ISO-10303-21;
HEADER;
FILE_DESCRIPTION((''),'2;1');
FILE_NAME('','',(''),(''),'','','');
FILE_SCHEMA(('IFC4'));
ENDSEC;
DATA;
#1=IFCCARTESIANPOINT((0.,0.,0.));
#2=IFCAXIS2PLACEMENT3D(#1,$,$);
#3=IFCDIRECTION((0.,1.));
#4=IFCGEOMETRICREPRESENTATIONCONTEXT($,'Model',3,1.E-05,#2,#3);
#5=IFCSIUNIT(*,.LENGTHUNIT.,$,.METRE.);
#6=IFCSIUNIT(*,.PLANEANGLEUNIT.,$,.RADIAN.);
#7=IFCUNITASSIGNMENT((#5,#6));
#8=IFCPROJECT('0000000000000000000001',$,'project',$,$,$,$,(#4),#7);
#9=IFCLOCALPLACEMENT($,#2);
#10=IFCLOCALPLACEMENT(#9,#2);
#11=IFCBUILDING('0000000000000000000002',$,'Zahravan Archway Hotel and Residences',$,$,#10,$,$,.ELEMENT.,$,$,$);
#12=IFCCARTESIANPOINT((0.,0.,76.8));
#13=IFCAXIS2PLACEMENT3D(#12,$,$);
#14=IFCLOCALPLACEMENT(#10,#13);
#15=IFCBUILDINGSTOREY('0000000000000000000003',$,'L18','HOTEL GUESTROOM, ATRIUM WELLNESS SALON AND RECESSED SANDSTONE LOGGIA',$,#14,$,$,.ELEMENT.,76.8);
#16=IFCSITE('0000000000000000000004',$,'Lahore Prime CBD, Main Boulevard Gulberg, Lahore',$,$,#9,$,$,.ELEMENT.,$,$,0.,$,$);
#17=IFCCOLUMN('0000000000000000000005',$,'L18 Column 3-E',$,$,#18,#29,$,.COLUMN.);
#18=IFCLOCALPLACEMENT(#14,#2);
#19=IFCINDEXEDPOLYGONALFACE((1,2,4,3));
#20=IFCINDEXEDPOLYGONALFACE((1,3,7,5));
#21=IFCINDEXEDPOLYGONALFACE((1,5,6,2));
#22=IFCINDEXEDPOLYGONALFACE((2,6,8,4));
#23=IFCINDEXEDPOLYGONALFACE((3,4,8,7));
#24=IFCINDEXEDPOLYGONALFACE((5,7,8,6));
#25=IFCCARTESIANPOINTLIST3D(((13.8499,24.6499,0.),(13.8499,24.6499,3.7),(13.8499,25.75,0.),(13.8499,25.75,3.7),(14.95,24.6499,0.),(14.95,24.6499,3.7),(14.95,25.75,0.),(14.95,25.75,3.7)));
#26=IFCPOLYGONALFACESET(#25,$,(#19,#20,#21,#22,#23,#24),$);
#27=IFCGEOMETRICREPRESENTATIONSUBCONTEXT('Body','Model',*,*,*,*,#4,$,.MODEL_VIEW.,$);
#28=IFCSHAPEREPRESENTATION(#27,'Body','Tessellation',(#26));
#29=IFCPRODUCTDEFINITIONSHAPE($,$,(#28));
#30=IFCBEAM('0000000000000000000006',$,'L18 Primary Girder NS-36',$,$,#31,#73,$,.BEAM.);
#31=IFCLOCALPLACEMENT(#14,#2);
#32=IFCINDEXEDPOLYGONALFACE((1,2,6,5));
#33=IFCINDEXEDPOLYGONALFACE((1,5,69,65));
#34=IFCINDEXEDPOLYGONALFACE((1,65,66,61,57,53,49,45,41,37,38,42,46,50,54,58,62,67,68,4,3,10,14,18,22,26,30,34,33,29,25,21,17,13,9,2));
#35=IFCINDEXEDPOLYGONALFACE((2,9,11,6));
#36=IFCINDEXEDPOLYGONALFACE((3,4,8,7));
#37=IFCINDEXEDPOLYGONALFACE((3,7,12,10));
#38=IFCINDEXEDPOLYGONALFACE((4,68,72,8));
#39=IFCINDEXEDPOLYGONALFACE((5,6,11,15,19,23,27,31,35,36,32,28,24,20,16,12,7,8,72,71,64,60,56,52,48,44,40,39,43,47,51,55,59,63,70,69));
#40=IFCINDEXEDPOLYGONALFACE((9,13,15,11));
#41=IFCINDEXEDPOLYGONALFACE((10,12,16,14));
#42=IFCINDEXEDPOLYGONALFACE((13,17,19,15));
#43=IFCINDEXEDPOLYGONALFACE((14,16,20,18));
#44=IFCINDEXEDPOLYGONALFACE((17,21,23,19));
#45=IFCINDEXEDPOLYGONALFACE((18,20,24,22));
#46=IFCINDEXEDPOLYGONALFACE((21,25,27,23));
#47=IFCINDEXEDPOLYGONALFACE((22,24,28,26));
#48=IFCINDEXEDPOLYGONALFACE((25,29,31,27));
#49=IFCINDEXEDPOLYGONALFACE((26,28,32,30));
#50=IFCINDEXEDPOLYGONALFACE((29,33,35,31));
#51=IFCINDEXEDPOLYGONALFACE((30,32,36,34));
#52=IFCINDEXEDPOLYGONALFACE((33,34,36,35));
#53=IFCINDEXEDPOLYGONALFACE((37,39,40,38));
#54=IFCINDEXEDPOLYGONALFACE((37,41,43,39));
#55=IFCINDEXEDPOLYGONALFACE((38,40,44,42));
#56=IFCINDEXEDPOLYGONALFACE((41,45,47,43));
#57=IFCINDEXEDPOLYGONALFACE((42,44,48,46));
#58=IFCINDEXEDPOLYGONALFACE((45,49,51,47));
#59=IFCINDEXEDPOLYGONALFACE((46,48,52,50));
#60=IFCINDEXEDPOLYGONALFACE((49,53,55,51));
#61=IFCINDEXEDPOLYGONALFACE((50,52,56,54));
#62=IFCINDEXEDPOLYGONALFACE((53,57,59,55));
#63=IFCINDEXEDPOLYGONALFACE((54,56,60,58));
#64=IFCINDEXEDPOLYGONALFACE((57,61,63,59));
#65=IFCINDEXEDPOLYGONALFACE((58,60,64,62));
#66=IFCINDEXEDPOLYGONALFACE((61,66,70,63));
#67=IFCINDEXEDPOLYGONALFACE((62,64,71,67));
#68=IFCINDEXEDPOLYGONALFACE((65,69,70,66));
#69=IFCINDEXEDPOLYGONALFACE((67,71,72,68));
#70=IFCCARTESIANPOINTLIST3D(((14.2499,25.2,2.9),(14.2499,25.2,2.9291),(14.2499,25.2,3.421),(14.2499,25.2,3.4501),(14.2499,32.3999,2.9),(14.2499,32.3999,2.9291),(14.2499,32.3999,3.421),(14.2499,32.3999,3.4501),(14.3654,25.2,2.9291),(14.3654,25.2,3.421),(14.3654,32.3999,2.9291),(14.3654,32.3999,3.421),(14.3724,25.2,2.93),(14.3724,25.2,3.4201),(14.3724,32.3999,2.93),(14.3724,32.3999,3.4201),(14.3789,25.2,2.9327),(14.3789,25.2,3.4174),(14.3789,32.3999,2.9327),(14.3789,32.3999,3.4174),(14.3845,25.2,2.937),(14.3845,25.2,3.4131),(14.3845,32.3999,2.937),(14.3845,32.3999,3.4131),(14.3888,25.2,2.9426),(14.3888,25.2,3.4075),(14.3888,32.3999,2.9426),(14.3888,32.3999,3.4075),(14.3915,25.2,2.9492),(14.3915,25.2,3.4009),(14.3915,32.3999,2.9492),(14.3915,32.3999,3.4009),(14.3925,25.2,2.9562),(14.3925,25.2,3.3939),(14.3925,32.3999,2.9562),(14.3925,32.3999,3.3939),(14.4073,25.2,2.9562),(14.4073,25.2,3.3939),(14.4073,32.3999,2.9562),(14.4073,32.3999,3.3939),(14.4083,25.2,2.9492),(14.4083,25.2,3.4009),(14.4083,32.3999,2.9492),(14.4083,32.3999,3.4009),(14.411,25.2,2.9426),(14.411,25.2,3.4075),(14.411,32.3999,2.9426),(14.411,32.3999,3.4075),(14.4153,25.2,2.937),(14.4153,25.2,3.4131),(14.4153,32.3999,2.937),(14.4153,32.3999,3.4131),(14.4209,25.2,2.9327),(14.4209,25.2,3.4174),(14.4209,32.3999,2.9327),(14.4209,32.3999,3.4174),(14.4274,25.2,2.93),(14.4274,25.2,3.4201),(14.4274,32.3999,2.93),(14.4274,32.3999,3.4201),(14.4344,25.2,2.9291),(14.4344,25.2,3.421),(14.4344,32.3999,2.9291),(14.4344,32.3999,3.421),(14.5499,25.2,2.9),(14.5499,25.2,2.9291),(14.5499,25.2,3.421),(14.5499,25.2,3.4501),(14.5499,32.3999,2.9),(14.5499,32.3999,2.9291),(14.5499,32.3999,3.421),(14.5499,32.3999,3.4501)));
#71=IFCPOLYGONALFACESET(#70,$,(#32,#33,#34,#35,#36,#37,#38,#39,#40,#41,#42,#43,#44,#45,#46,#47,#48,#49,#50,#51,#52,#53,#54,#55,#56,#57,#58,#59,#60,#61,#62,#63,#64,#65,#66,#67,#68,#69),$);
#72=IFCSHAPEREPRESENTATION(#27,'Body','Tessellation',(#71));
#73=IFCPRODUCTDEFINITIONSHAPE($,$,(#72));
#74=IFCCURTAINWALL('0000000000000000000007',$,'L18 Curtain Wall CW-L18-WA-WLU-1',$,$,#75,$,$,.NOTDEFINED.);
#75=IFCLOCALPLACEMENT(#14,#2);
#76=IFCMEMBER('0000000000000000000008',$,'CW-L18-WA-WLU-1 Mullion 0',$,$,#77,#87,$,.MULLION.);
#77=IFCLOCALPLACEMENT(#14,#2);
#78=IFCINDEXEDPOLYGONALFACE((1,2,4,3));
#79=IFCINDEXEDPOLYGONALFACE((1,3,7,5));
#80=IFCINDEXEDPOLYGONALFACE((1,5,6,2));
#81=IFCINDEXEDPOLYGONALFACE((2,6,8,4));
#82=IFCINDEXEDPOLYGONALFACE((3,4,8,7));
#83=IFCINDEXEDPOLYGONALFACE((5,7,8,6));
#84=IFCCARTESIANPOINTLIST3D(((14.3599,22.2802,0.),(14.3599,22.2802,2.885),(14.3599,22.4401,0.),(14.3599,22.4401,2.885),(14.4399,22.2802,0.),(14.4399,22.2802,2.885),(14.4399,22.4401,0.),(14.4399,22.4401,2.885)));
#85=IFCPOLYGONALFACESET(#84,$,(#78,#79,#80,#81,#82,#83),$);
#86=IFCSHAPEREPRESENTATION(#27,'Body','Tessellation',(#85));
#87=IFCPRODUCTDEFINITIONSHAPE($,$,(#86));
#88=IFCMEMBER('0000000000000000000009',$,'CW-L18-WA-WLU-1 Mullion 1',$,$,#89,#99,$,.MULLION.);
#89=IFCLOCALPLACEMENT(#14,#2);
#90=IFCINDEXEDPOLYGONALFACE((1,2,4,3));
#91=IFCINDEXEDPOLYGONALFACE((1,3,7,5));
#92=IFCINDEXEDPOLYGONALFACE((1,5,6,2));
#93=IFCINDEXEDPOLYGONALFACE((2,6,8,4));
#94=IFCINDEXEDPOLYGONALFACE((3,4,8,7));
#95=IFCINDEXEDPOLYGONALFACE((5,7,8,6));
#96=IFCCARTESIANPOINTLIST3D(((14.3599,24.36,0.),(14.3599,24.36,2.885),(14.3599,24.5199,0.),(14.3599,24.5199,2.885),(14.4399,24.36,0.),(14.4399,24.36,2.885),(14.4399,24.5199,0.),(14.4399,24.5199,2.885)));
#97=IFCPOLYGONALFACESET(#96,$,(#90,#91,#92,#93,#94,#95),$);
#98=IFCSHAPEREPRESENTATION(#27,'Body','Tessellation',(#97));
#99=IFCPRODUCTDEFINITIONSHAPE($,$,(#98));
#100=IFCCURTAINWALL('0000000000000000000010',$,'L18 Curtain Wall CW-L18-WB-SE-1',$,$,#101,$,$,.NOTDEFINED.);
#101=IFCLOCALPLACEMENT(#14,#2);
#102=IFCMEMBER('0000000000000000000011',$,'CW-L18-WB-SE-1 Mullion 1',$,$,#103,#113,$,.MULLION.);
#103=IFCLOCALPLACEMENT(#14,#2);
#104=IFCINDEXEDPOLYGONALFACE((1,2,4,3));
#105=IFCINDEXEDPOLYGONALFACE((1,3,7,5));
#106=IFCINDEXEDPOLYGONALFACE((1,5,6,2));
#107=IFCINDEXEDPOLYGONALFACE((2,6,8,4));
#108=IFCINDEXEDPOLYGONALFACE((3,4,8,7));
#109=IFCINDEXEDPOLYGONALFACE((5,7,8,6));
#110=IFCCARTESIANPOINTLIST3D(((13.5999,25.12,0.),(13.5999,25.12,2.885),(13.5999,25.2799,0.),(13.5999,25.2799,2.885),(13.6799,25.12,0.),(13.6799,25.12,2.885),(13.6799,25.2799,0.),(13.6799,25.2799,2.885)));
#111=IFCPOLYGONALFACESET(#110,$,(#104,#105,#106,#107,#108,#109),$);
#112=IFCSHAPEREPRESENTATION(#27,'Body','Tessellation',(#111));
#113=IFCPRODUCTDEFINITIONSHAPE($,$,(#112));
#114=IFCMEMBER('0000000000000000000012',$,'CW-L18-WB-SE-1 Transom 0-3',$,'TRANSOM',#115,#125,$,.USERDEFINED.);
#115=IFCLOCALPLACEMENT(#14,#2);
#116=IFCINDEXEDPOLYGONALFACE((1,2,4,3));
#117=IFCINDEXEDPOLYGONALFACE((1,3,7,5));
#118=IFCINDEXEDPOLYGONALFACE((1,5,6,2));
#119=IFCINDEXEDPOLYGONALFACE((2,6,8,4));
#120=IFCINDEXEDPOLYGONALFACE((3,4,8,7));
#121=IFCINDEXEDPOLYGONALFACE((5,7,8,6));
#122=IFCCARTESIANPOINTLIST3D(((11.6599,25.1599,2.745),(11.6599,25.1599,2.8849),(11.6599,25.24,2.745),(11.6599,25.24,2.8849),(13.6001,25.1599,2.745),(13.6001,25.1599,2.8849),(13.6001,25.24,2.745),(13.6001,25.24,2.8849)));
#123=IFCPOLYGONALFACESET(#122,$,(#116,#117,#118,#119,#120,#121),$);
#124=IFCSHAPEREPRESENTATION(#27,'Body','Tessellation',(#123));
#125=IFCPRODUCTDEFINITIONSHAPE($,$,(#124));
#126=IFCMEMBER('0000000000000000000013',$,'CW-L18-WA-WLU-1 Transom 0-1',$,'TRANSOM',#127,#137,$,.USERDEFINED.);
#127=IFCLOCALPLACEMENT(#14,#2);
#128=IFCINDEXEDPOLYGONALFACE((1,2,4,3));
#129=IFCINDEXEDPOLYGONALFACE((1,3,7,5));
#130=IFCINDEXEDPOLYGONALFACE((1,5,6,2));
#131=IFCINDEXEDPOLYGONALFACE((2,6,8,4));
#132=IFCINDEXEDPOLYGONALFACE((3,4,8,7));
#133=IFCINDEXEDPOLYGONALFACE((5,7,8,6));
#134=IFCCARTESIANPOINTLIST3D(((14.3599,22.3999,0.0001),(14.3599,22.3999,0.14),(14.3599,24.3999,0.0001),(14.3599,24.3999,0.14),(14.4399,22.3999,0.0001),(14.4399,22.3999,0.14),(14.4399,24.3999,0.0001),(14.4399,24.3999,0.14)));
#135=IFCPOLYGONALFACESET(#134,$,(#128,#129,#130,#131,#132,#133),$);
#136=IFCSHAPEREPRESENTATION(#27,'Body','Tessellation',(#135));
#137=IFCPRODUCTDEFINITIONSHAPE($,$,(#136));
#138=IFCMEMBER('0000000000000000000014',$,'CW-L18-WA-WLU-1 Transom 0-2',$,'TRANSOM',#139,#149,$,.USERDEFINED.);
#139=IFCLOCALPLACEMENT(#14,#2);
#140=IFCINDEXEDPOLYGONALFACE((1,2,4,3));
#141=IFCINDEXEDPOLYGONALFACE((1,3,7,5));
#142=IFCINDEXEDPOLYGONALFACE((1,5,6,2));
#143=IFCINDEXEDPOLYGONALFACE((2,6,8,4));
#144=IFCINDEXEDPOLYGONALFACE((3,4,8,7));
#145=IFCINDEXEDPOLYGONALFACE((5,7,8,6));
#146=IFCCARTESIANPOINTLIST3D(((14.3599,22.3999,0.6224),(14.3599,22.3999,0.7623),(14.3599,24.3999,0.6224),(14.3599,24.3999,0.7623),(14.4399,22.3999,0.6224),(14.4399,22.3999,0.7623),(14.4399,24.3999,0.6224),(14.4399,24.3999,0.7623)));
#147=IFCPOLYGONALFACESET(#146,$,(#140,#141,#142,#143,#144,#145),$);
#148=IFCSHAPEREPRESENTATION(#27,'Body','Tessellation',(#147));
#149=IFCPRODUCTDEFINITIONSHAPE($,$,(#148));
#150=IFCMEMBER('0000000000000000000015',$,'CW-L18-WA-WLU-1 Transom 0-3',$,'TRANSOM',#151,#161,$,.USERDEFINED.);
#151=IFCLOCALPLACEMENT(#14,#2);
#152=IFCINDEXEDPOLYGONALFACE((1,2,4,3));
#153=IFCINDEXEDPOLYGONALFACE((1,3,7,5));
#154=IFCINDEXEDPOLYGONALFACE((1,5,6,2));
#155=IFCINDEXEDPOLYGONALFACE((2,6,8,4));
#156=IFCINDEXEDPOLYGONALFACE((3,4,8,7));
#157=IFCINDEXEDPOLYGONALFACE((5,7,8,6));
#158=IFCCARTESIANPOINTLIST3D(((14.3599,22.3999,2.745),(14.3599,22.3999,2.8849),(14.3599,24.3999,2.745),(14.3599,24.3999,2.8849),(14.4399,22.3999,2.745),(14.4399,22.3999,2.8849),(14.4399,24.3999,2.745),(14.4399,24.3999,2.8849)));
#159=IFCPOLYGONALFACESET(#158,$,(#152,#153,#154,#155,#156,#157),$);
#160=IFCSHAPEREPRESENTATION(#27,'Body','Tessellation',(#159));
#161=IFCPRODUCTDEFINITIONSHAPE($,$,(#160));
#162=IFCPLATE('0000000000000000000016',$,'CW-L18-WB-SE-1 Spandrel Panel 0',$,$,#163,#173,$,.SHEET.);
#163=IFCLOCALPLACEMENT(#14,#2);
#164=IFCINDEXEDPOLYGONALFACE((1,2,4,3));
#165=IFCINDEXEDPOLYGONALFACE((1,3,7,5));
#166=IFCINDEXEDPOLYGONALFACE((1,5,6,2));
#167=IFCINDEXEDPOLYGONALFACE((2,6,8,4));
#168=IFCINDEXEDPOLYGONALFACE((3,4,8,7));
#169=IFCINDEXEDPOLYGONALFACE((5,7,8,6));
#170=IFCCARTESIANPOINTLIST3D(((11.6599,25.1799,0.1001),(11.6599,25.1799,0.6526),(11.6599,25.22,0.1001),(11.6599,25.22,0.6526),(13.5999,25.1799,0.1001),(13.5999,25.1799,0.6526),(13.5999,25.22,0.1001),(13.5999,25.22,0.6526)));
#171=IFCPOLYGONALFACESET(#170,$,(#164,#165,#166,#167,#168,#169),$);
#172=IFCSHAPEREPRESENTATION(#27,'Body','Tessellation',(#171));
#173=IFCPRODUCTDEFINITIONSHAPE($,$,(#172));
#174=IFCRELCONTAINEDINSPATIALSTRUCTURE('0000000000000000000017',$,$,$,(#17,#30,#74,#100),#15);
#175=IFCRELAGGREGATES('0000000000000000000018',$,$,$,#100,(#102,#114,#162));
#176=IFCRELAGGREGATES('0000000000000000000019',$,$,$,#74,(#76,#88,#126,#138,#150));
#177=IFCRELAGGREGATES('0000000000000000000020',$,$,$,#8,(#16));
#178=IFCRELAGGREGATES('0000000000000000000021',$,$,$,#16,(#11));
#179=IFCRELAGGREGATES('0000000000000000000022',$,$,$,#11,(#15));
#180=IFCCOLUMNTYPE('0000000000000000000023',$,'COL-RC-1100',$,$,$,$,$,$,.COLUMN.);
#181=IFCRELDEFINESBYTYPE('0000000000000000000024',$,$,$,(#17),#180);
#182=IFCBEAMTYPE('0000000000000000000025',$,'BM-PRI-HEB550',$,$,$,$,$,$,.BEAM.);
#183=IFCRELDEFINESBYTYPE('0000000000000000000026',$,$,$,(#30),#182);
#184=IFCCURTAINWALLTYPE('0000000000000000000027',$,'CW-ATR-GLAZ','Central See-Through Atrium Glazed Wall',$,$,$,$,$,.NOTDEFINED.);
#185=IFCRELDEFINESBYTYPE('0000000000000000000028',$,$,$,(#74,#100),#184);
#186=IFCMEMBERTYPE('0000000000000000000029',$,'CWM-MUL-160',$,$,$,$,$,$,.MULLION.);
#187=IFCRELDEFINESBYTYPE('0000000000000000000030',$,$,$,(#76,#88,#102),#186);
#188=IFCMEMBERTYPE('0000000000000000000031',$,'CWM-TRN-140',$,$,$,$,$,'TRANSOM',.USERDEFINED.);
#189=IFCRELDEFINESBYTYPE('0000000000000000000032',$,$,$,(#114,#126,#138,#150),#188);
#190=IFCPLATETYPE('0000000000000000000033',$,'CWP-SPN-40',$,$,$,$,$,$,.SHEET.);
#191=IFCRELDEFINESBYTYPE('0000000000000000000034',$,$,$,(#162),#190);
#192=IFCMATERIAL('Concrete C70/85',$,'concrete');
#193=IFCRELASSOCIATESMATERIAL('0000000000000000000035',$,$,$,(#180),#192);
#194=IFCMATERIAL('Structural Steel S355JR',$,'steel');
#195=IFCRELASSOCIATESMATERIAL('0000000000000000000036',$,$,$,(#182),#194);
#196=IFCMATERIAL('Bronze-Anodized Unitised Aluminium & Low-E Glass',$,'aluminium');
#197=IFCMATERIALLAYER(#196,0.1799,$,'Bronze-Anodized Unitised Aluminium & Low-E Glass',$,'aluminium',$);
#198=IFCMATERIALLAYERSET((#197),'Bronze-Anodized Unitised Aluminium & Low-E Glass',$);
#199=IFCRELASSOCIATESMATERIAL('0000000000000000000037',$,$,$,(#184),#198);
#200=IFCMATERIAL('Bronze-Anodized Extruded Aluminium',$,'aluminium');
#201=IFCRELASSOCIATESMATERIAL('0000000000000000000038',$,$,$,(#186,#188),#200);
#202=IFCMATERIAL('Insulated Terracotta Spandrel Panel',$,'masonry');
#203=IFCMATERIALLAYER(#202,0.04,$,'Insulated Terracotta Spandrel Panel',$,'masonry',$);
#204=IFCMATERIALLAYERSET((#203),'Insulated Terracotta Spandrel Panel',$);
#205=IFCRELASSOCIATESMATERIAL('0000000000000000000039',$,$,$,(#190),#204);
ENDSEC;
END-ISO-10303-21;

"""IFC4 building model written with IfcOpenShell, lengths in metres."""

from ifc_helpers import new_model, si_unit, direction, frame, origin, origin_2d, place, context, subcontext, project, spatial, rectangle, i_section, extrude, source, transform, mapped, material, layer, layer_set, material_profile, profile_set, type_object, element, aggregate, save


model = new_model("IFC4")

# Units and contexts
model_context = context("Model", 3, precision=1e-05, world=origin(), true_north=direction((0.0, 1.0)))
body_context = subcontext(model_context, "Body", "Model", "MODEL_VIEW")
ifc_project = project(units=[si_unit("LENGTHUNIT", "METRE"), si_unit("PLANEANGLEUNIT", "RADIAN")], contexts=[model_context])

# Site, building, storey
site_placement = place(None, origin())
site = spatial("IfcSite", under=ifc_project, at=site_placement, Name="Lahore Prime CBD, Main Boulevard Gulberg, Lahore", CompositionType="ELEMENT", RefElevation=0.0)
building_placement = place(site_placement, origin())
building = spatial("IfcBuilding", under=site, at=building_placement, Name="Zahravan Archway Hotel and Residences", CompositionType="ELEMENT")
storey_placement = place(building_placement, frame((0.0, 0.0, 76.8)))
storey = spatial("IfcBuildingStorey", under=building, at=storey_placement, Name="L18", Description="HOTEL GUESTROOM, ATRIUM WELLNESS SALON AND RECESSED SANDSTONE LOGGIA", CompositionType="ELEMENT", Elevation=76.8)

# Column
ifc_material_1 = material(Name="Concrete C70/85", Category="concrete")
ifc_material_profile_1 = material_profile(ifc_material_1, rectangle(XDim=1.1001, YDim=1.1001, at=origin_2d()), Name="RC 1100x1100", Category="concrete")
ifc_profile_set_1 = profile_set([ifc_material_profile_1], Name="Concrete C70/85")
column_type = type_object("IfcColumnType", Name="COL-RC-1100", PredefinedType="COLUMN", material=ifc_profile_set_1)
shared_shape_1 = source(origin(), body_context, "Body", "SweptSolid", [
    extrude(rectangle(XDim=1.1001, YDim=1.1001, at=origin_2d()), origin(), (0.0, 0.0, 1.0), 3.7),
])
column_placement = place(storey_placement, frame((14.3999, 25.2, 0.0), z_axis=(0.0, 0.0, 1.0), x_axis=(1.0, 0.0, 0.0)))
element("IfcColumn", 1, at=column_placement, inside=storey, type_object=column_type, Name="L18 Column 3-E", PredefinedType="COLUMN", context=body_context, shape_type="MappedRepresentation", body=[
    mapped(shared_shape_1, transform((0.0, 0.0, 0.0), scale=1.0)),
])

# Beam
ifc_material_2 = material(Name="Structural Steel S355JR", Category="steel")
ifc_material_profile_2 = material_profile(ifc_material_2, i_section(OverallWidth=0.3, OverallDepth=0.55, WebThickness=0.0149, FlangeThickness=0.0291, FilletRadius=0.0271, at=origin_2d()), Name="HEB 550", Category="steel")
ifc_profile_set_2 = profile_set([ifc_material_profile_2], Name="Structural Steel S355JR")
beam_type = type_object("IfcBeamType", Name="BM-PRI-HEB550", PredefinedType="BEAM", material=ifc_profile_set_2)
shared_shape_2 = source(origin(), body_context, "Body", "SweptSolid", [
    extrude(i_section(OverallWidth=0.3, OverallDepth=0.55, WebThickness=0.0149, FlangeThickness=0.0291, FilletRadius=0.0271, at=origin_2d()), origin(), (0.0, 0.0, 1.0), 7.2),
])
beam_placement = place(storey_placement, frame((14.3999, 25.2, 3.175), z_axis=(0.0, 1.0, 0.0), x_axis=(-1.0, 0.0, 0.0)))
element("IfcBeam", 2, at=beam_placement, inside=storey, type_object=beam_type, Name="L18 Primary Girder NS-36", PredefinedType="BEAM", context=body_context, shape_type="MappedRepresentation", body=[
    mapped(shared_shape_2, transform((0.0, 0.0, 0.0), scale=1.0)),
])

# Curtain walls, members
ifc_material_3 = material(Name="Bronze-Anodized Unitised Aluminium & Low-E Glass", Category="aluminium")
ifc_layer_1 = layer(ifc_material_3, 0.1799, Name="Bronze-Anodized Unitised Aluminium & Low-E Glass", Category="aluminium")
ifc_layer_set_1 = layer_set([ifc_layer_1], Name="Bronze-Anodized Unitised Aluminium & Low-E Glass")
curtain_wall_type = type_object("IfcCurtainWallType", Name="CW-ATR-GLAZ", Description="Central See-Through Atrium Glazed Wall", PredefinedType="NOTDEFINED", material=ifc_layer_set_1)
curtain_wall_1_placement = place(storey_placement, origin())
curtain_wall_1 = element("IfcCurtainWall", 3, at=curtain_wall_1_placement, inside=storey, type_object=curtain_wall_type, Name="L18 Curtain Wall CW-L18-WA-WLU-1", PredefinedType="NOTDEFINED")
ifc_material_4 = material(Name="Bronze-Anodized Extruded Aluminium", Category="aluminium")
ifc_material_profile_3 = material_profile(ifc_material_4, rectangle(XDim=0.0801, YDim=0.1599, at=origin_2d()), Name="MUL 80x160", Category="aluminium")
ifc_profile_set_3 = profile_set([ifc_material_profile_3], Name="Bronze-Anodized Extruded Aluminium")
member_type_1 = type_object("IfcMemberType", Name="CWM-MUL-160", PredefinedType="MULLION", material=ifc_profile_set_3)
shared_shape_3 = source(origin(), body_context, "Body", "SweptSolid", [
    extrude(rectangle(XDim=0.0801, YDim=0.1599, at=origin_2d()), origin(), (0.0, 0.0, 1.0), 2.885),
])
member_1_placement = place(storey_placement, frame((14.3999, 22.3601, 0.0), z_axis=(0.0, 0.0, 1.0), x_axis=(1.0, 0.0, 0.0)))
member_1 = element("IfcMember", 4, at=member_1_placement, type_object=member_type_1, Name="CW-L18-WA-WLU-1 Mullion 0", PredefinedType="MULLION", context=body_context, shape_type="MappedRepresentation", body=[
    mapped(shared_shape_3, transform((0.0, 0.0, 0.0), scale=1.0)),
])
member_2_placement = place(storey_placement, frame((14.3999, 24.4399, 0.0), z_axis=(0.0, 0.0, 1.0), x_axis=(1.0, 0.0, 0.0)))
member_2 = element("IfcMember", 5, at=member_2_placement, type_object=member_type_1, Name="CW-L18-WA-WLU-1 Mullion 1", PredefinedType="MULLION", context=body_context, shape_type="MappedRepresentation", body=[
    mapped(shared_shape_3, transform((0.0, 0.0, 0.0), scale=1.0)),
])
curtain_wall_2_placement = place(storey_placement, origin())
curtain_wall_2 = element("IfcCurtainWall", 6, at=curtain_wall_2_placement, inside=storey, type_object=curtain_wall_type, Name="L18 Curtain Wall CW-L18-WB-SE-1", PredefinedType="NOTDEFINED")
member_3_placement = place(storey_placement, frame((13.6399, 25.2, 0.0), z_axis=(0.0, 0.0, 1.0), x_axis=(1.0, 0.0, 0.0)))
member_3 = element("IfcMember", 7, at=member_3_placement, type_object=member_type_1, Name="CW-L18-WB-SE-1 Mullion 1", PredefinedType="MULLION", context=body_context, shape_type="MappedRepresentation", body=[
    mapped(shared_shape_3, transform((0.0, 0.0, 0.0), scale=1.0)),
])
ifc_material_profile_4 = material_profile(ifc_material_4, rectangle(XDim=0.0801, YDim=0.1399, at=origin_2d()), Name="TRN 80x140", Category="aluminium")
ifc_profile_set_4 = profile_set([ifc_material_profile_4], Name="Bronze-Anodized Extruded Aluminium")
member_type_2 = type_object("IfcMemberType", Name="CWM-TRN-140", ElementType="TRANSOM", PredefinedType="USERDEFINED", material=ifc_profile_set_4)
shared_shape_4 = source(origin(), body_context, "Body", "SweptSolid", [
    extrude(rectangle(XDim=0.0801, YDim=0.1399, at=origin_2d()), origin(), (0.0, 0.0, 1.0), 1.9402),
])
member_4_placement = place(storey_placement, frame((11.6599, 25.2, 2.8149), z_axis=(1.0, 0.0, 0.0), x_axis=(0.0, 1.0, 0.0)))
member_4 = element("IfcMember", 8, at=member_4_placement, type_object=member_type_2, Name="CW-L18-WB-SE-1 Transom 0-3", ObjectType="TRANSOM", PredefinedType="USERDEFINED", context=body_context, shape_type="MappedRepresentation", body=[
    mapped(shared_shape_4, transform((0.0, 0.0, 0.0), scale=1.0)),
])

# Members
shared_shape_5 = source(origin(), body_context, "Body", "SweptSolid", [
    extrude(rectangle(XDim=0.0801, YDim=0.1399, at=origin_2d()), origin(), (0.0, 0.0, 1.0), 2.0),
])
member_5_placement = place(storey_placement, frame((14.3999, 22.3999, 0.0701), z_axis=(0.0, 1.0, 0.0), x_axis=(-1.0, 0.0, 0.0)))
member_5 = element("IfcMember", 9, at=member_5_placement, type_object=member_type_2, Name="CW-L18-WA-WLU-1 Transom 0-1", ObjectType="TRANSOM", PredefinedType="USERDEFINED", context=body_context, shape_type="MappedRepresentation", body=[
    mapped(shared_shape_5, transform((0.0, 0.0, 0.0), scale=1.0)),
])
member_6_placement = place(storey_placement, frame((14.3999, 22.3999, 0.6924), z_axis=(0.0, 1.0, 0.0), x_axis=(-1.0, 0.0, 0.0)))
member_6 = element("IfcMember", 10, at=member_6_placement, type_object=member_type_2, Name="CW-L18-WA-WLU-1 Transom 0-2", ObjectType="TRANSOM", PredefinedType="USERDEFINED", context=body_context, shape_type="MappedRepresentation", body=[
    mapped(shared_shape_5, transform((0.0, 0.0, 0.0), scale=1.0)),
])
member_7_placement = place(storey_placement, frame((14.3999, 22.3999, 2.8149), z_axis=(0.0, 1.0, 0.0), x_axis=(-1.0, 0.0, 0.0)))
member_7 = element("IfcMember", 11, at=member_7_placement, type_object=member_type_2, Name="CW-L18-WA-WLU-1 Transom 0-3", ObjectType="TRANSOM", PredefinedType="USERDEFINED", context=body_context, shape_type="MappedRepresentation", body=[
    mapped(shared_shape_5, transform((0.0, 0.0, 0.0), scale=1.0)),
])

# Plate
ifc_material_5 = material(Name="Insulated Terracotta Spandrel Panel", Category="masonry")
ifc_layer_2 = layer(ifc_material_5, 0.04, Name="Insulated Terracotta Spandrel Panel", Category="masonry")
ifc_layer_set_2 = layer_set([ifc_layer_2], Name="Insulated Terracotta Spandrel Panel")
plate_type_1 = type_object("IfcPlateType", Name="CWP-SPN-40", PredefinedType="SHEET", material=ifc_layer_set_2)
shared_shape_6 = source(origin(), body_context, "Body", "SweptSolid", [
    extrude(rectangle(XDim=1.9399, YDim=0.04, at=origin_2d()), origin(), (0.0, 0.0, 1.0), 0.5525),
])
plate_1_placement = place(storey_placement, frame((12.6299, 25.2, 0.1001), z_axis=(0.0, 0.0, 1.0), x_axis=(1.0, 0.0, 0.0)))
plate_1 = element("IfcPlate", 12, at=plate_1_placement, type_object=plate_type_1, Name="CW-L18-WB-SE-1 Spandrel Panel 0", PredefinedType="SHEET", context=body_context, shape_type="MappedRepresentation", body=[
    mapped(shared_shape_6, transform((0.0, 0.0, 0.0), scale=1.0)),
])
aggregate(curtain_wall_2, [member_3, member_4, plate_1])
aggregate(curtain_wall_1, [member_1, member_2, member_5, member_6, member_7])

save(model, "model.ifc")
